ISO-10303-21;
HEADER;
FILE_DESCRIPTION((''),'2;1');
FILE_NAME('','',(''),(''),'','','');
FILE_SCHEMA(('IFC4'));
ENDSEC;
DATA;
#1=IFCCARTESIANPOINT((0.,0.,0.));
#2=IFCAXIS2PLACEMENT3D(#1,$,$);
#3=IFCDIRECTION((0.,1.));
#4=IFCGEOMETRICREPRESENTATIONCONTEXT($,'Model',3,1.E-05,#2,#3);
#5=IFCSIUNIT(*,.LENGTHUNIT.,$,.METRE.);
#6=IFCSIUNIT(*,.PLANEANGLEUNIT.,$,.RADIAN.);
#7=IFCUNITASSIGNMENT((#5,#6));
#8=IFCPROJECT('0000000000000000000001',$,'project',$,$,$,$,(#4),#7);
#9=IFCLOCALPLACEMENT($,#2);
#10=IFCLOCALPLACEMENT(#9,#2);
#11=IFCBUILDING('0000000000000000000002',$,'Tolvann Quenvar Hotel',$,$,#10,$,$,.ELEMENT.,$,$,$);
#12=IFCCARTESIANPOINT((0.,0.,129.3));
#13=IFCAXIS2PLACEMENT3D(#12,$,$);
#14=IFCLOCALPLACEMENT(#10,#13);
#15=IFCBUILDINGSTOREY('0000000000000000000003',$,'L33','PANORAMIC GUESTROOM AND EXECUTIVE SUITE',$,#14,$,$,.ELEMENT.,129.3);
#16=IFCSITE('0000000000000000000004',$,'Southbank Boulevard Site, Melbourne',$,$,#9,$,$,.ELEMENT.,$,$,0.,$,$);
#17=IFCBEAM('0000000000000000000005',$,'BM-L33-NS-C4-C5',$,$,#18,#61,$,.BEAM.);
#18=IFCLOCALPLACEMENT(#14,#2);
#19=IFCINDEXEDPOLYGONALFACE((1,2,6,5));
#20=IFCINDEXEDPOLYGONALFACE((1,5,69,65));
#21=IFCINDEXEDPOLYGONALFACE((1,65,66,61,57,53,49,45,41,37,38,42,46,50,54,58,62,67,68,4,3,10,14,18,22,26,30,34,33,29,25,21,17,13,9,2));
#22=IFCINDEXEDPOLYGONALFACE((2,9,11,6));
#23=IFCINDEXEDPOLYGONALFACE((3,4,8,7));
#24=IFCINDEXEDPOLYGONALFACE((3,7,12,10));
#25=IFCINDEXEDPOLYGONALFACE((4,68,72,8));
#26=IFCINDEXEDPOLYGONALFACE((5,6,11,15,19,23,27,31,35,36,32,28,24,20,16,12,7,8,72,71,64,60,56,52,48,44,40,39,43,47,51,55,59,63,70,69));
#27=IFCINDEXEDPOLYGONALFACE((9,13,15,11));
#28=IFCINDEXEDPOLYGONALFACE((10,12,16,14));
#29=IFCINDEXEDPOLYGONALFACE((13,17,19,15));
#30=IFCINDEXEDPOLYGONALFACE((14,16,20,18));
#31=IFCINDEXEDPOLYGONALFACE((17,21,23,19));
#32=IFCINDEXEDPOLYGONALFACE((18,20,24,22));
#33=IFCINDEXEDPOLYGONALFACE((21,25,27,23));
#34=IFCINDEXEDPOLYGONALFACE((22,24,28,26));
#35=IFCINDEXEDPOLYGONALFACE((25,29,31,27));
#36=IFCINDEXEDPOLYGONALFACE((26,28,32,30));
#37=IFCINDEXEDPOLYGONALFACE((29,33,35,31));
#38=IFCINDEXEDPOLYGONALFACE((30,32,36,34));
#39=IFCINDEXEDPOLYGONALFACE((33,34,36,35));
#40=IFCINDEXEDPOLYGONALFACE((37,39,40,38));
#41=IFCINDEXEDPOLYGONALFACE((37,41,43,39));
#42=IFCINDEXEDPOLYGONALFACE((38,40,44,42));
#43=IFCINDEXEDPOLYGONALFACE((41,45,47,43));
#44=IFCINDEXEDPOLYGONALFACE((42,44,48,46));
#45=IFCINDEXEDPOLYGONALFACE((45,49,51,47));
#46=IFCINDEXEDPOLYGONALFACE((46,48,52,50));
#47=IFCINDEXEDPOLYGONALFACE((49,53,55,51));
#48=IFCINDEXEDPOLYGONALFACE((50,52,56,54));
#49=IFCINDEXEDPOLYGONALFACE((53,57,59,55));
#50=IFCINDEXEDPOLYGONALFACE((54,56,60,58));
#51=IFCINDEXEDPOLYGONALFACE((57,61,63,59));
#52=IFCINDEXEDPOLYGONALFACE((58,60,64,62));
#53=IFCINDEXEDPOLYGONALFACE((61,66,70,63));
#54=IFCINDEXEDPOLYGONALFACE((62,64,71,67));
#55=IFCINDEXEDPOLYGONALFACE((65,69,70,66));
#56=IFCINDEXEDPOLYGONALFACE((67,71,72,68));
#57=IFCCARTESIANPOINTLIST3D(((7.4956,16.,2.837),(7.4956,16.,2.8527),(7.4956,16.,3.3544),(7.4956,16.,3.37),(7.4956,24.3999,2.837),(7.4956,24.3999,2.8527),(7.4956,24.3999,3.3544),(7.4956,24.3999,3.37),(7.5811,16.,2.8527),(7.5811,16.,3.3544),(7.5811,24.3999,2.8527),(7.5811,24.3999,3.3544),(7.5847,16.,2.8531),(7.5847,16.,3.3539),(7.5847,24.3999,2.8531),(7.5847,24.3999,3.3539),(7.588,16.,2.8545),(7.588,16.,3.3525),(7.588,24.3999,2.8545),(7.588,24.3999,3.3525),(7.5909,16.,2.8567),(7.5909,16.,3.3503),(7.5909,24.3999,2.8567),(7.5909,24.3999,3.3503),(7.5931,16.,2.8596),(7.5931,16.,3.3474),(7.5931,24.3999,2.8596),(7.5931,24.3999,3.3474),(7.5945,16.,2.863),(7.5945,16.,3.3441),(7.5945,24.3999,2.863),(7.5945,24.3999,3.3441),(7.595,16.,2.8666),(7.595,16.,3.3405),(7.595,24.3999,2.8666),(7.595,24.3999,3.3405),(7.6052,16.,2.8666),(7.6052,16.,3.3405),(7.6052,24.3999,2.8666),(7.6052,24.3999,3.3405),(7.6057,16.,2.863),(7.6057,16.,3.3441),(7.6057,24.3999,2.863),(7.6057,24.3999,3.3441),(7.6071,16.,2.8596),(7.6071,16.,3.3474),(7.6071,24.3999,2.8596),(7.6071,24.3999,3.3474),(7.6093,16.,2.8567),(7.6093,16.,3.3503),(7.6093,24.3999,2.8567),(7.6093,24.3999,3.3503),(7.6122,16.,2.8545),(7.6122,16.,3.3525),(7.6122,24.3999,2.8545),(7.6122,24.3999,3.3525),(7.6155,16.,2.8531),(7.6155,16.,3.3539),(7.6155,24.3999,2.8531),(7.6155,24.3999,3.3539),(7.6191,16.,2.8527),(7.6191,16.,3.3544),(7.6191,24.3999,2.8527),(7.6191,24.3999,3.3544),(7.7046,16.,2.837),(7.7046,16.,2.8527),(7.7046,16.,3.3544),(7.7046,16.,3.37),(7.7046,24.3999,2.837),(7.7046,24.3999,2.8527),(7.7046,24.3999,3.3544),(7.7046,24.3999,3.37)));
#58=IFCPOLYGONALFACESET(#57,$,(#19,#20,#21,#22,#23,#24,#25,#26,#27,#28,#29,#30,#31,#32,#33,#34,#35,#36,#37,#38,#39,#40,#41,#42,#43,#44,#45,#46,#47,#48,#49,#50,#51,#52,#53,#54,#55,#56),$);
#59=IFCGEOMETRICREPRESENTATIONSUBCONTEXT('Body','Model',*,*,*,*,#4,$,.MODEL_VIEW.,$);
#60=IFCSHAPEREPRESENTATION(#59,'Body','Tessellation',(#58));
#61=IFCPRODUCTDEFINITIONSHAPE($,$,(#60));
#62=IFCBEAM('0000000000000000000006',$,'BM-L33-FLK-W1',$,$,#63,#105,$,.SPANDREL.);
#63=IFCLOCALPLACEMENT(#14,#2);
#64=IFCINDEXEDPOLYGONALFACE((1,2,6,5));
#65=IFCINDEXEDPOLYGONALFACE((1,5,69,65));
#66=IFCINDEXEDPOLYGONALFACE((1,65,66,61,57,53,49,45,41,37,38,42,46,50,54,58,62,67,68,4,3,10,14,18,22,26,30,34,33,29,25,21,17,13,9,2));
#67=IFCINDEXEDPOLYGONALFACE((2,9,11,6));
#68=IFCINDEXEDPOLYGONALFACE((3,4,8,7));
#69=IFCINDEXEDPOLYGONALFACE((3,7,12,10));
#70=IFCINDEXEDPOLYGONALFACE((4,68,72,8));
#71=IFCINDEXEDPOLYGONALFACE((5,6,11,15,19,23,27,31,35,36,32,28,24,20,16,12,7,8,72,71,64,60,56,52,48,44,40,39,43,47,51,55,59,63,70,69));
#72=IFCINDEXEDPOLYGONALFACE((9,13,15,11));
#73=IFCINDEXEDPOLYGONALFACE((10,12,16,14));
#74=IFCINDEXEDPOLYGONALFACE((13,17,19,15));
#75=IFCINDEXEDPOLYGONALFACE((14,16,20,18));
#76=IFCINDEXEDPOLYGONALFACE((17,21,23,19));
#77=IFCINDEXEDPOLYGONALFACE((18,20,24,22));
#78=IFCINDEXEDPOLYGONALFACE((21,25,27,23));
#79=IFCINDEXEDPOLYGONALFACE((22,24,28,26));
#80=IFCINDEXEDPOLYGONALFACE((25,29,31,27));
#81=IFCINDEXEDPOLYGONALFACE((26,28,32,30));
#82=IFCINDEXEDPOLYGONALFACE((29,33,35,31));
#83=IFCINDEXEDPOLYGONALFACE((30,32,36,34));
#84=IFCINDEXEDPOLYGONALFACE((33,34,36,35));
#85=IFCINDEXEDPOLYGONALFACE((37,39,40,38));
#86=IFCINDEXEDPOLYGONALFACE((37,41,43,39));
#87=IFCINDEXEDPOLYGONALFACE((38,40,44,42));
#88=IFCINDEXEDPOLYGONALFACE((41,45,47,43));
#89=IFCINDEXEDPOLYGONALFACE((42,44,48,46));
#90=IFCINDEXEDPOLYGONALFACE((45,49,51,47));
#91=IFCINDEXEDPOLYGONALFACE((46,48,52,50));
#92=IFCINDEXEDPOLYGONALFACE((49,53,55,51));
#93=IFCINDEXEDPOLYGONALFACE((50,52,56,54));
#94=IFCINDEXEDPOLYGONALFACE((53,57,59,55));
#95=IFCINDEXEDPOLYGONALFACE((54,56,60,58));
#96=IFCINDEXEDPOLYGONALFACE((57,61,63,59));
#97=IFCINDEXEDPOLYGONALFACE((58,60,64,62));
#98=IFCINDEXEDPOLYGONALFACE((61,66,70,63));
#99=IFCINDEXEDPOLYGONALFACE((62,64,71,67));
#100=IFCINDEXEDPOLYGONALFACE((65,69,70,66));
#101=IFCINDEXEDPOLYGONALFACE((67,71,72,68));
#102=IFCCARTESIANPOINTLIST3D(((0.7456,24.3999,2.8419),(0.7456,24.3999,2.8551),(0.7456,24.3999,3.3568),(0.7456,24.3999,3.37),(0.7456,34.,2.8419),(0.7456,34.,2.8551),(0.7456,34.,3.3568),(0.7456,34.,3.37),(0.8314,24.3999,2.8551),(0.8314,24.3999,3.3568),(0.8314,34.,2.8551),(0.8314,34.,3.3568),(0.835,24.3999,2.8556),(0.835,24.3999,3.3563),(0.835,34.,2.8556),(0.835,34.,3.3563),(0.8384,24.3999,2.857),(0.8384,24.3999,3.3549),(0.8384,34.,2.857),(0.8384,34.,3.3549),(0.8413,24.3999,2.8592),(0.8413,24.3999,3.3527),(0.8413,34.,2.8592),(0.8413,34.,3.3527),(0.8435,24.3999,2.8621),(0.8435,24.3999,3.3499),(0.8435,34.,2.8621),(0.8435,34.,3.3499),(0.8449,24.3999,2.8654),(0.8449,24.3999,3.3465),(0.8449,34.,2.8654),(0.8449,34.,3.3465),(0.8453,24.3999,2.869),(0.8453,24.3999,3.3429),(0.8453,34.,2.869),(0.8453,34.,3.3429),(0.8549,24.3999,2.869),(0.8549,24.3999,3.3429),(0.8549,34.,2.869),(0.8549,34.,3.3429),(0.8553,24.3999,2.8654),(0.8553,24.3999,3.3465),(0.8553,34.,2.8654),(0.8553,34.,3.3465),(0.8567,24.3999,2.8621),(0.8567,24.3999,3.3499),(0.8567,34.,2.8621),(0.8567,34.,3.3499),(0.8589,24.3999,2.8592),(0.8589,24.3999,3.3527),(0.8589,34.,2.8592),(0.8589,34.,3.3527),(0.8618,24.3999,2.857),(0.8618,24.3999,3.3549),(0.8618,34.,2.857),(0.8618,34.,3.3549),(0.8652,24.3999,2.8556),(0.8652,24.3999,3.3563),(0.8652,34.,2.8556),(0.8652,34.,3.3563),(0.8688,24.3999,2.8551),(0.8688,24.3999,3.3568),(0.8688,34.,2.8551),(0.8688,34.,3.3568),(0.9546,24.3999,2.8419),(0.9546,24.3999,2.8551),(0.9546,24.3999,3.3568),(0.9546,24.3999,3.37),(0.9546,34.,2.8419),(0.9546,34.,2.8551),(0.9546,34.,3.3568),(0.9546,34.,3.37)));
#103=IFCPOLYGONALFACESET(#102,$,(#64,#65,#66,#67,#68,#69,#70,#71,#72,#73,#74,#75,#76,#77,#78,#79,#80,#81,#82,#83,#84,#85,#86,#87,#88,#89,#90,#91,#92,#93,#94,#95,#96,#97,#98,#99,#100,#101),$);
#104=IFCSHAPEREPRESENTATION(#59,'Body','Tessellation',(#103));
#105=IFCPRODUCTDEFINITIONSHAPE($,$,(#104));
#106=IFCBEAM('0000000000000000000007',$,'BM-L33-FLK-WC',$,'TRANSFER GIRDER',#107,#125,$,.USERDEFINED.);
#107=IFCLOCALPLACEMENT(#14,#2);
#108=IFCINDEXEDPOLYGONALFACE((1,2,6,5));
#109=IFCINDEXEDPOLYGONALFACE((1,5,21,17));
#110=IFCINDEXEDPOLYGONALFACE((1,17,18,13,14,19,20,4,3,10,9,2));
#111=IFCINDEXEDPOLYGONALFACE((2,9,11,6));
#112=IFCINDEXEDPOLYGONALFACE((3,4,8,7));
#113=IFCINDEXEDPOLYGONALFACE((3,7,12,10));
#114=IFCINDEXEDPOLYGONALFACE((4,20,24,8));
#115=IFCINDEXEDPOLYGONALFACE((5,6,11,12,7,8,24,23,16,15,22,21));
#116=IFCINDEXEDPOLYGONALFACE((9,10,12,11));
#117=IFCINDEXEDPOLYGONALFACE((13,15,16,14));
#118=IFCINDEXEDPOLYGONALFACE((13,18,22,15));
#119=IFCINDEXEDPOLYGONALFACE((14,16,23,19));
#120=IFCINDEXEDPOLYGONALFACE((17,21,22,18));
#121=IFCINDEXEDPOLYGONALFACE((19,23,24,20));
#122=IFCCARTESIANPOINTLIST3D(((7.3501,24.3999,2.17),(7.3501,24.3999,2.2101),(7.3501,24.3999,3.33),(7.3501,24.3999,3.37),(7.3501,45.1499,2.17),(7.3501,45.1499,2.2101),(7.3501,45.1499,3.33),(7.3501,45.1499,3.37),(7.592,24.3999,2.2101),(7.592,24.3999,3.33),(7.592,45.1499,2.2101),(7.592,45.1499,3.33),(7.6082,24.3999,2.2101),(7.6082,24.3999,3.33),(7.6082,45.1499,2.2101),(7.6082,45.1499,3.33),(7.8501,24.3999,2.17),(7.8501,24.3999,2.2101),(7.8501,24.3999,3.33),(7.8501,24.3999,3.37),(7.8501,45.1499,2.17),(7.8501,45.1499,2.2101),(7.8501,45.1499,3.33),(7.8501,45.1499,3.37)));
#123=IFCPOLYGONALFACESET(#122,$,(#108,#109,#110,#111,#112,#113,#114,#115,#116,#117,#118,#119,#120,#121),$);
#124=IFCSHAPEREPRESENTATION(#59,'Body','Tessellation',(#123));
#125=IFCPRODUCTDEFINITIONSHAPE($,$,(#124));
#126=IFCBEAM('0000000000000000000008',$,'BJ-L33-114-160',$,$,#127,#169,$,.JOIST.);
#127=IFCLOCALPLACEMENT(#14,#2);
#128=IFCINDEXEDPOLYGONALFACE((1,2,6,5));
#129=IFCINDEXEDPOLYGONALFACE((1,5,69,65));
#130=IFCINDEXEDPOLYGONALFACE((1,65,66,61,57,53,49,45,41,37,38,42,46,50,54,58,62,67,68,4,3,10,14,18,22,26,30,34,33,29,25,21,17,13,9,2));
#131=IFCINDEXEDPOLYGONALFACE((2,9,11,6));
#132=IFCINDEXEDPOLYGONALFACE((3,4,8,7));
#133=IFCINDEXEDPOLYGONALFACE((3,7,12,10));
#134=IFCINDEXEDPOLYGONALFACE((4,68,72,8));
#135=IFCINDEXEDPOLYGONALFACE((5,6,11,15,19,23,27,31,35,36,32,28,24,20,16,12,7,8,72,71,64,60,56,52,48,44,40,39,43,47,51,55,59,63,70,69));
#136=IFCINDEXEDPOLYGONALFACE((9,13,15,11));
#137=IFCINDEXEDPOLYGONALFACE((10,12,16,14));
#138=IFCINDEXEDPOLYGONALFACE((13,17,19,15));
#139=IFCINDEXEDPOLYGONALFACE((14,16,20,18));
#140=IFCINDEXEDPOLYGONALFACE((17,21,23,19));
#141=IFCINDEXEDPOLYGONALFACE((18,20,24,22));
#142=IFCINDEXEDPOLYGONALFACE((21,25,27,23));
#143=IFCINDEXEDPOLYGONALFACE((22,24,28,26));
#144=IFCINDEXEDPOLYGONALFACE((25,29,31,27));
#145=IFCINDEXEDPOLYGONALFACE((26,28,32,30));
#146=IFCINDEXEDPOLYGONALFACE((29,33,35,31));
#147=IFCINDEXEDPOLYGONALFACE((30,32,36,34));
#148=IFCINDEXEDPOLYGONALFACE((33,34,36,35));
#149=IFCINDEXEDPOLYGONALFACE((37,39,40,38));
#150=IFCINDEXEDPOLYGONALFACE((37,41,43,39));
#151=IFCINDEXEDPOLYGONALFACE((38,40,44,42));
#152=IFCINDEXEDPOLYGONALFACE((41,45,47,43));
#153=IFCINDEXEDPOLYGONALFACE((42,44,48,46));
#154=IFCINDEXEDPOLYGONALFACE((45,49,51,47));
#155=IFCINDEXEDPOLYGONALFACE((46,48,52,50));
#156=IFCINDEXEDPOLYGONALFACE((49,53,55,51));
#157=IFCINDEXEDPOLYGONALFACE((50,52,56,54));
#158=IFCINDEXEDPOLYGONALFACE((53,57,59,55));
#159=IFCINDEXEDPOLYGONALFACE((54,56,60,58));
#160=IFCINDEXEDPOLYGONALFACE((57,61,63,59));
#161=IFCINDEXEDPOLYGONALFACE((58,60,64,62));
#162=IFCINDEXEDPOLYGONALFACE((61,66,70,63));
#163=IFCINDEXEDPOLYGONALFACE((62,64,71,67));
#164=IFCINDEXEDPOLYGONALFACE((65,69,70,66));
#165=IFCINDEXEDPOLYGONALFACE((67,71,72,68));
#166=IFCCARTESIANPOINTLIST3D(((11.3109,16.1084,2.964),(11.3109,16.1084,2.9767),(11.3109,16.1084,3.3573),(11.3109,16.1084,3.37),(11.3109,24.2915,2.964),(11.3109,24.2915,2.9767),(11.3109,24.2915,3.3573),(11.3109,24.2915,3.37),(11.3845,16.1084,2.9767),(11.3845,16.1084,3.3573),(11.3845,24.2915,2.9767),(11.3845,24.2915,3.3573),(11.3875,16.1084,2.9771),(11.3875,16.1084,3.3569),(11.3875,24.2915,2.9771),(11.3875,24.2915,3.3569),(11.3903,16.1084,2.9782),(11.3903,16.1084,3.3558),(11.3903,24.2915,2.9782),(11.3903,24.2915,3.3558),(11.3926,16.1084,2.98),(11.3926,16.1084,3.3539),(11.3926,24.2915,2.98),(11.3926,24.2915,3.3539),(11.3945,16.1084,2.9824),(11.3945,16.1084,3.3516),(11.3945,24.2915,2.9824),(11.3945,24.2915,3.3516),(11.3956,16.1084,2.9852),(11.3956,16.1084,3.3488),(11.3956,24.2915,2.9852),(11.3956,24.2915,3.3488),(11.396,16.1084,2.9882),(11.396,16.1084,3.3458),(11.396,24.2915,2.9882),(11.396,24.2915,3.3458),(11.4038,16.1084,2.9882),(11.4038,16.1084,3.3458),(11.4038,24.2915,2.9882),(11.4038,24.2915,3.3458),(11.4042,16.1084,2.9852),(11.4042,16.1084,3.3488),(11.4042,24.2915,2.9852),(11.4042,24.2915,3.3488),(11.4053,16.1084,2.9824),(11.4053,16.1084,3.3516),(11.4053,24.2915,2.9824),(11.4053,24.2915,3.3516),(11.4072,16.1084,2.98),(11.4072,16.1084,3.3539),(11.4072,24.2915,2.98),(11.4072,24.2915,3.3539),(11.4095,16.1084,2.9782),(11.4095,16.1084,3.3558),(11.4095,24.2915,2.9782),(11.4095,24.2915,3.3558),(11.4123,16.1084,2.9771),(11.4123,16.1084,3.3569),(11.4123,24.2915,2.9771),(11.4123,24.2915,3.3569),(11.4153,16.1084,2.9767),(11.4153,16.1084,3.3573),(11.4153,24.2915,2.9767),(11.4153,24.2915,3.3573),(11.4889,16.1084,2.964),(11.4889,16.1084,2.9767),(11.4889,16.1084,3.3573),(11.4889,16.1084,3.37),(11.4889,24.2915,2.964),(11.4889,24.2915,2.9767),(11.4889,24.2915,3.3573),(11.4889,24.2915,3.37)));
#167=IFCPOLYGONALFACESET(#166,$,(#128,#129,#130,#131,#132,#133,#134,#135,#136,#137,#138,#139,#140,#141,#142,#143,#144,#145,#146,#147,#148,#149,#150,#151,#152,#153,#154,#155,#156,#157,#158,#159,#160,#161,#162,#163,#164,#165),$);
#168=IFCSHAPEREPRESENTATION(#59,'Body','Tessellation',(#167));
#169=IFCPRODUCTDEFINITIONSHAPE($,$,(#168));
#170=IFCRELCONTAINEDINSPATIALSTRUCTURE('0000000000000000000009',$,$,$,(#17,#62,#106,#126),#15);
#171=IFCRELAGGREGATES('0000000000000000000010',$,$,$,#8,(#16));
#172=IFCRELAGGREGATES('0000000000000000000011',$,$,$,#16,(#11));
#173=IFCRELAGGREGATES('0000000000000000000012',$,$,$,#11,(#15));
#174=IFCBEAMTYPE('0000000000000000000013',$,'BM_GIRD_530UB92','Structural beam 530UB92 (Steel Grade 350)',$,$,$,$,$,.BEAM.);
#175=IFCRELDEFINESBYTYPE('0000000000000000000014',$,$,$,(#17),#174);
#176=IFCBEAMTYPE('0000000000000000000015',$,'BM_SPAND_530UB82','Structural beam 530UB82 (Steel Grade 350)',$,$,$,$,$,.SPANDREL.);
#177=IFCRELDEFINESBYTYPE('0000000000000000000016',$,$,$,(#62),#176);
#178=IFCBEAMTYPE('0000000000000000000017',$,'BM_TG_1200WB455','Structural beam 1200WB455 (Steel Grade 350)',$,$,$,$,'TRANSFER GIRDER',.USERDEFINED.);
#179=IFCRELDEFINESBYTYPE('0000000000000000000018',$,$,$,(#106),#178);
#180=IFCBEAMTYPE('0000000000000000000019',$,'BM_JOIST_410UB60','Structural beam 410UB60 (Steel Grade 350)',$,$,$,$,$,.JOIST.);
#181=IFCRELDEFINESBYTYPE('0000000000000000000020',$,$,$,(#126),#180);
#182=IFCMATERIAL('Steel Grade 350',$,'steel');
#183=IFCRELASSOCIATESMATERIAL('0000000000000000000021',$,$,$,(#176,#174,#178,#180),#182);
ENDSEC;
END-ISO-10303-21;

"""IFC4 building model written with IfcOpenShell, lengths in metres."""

from ifc_helpers import new_model, si_unit, direction, frame, origin, origin_2d, place, context, subcontext, project, spatial, i_section, extrude, source, transform, mapped, material, material_profile, profile_set, type_object, type_shapes, element, save


model = new_model("IFC4")

# Units and contexts
model_context = context("Model", 3, precision=1e-05, world=origin(), true_north=direction((0.0, 1.0)))
body_context = subcontext(model_context, "Body", "Model", "MODEL_VIEW")
ifc_project = project(units=[si_unit("LENGTHUNIT", "METRE"), si_unit("PLANEANGLEUNIT", "RADIAN")], contexts=[model_context])

# Site, building, storey
site_placement = place(None, origin())
site = spatial("IfcSite", under=ifc_project, at=site_placement, Name="Southbank Boulevard Site, Melbourne", CompositionType="ELEMENT", RefElevation=0.0)
building_placement = place(site_placement, origin())
building = spatial("IfcBuilding", under=site, at=building_placement, Name="Tolvann Quenvar Hotel", CompositionType="ELEMENT")
storey_placement = place(building_placement, frame((0.0, 0.0, 129.3)))
storey = spatial("IfcBuildingStorey", under=building, at=storey_placement, Name="L33", Description="PANORAMIC GUESTROOM AND EXECUTIVE SUITE", CompositionType="ELEMENT", Elevation=129.3)

# Shared definitions
ifc_material_1 = material(Name="Steel Grade 350", Category="steel")

# Beams
ifc_material_profile_1 = material_profile(ifc_material_1, i_section(OverallWidth=0.209, OverallDepth=0.5281, WebThickness=0.0095, FlangeThickness=0.0132, FilletRadius=0.0139, at=origin_2d()), Name="530UB82")
ifc_profile_set_1 = profile_set([ifc_material_profile_1], Name="Steel Grade 350")
beam_type_1 = type_object("IfcBeamType", Name="BM_SPAND_530UB82", Description="Structural beam 530UB82 (Steel Grade 350)", PredefinedType="SPANDREL", material=ifc_profile_set_1)
ifc_material_profile_2 = material_profile(ifc_material_1, i_section(OverallWidth=0.209, OverallDepth=0.533, WebThickness=0.0103, FlangeThickness=0.0156, FilletRadius=0.0139, at=origin_2d()), Name="530UB92")
ifc_profile_set_2 = profile_set([ifc_material_profile_2], Name="Steel Grade 350")
beam_type_2 = type_object("IfcBeamType", Name="BM_GIRD_530UB92", Description="Structural beam 530UB92 (Steel Grade 350)", PredefinedType="BEAM", material=ifc_profile_set_2)
shared_shape_1 = source(origin(), body_context, "Body", "SweptSolid", [
    extrude(i_section(OverallWidth=0.209, OverallDepth=0.533, WebThickness=0.0103, FlangeThickness=0.0156, FilletRadius=0.0139, at=origin_2d()), origin(), (0.0, 0.0, 1.0), 8.3999),
])
type_shapes(beam_type_2, [shared_shape_1])
beam_1_placement = place(storey_placement, frame((7.6001, 16.0, 3.1035), z_axis=(0.0, 1.0, 0.0), x_axis=(-1.0, 0.0, 0.0)))
element("IfcBeam", 1, at=beam_1_placement, inside=storey, type_object=beam_type_2, Name="BM-L33-NS-C4-C5", PredefinedType="BEAM", context=body_context, shape_type="MappedRepresentation", body=[
    mapped(shared_shape_1, transform((0.0, 0.0, 0.0), x_axis=(1.0, 0.0, 0.0), y_axis=(0.0, 1.0, 0.0), z_axis=(0.0, 0.0, 1.0), scale=1.0)),
])
shared_shape_2 = source(origin(), body_context, "Body", "SweptSolid", [
    extrude(i_section(OverallWidth=0.209, OverallDepth=0.5281, WebThickness=0.0095, FlangeThickness=0.0132, FilletRadius=0.0139, at=origin_2d()), origin(), (0.0, 0.0, 1.0), 9.6001),
])
beam_2_placement = place(storey_placement, frame((0.8501, 24.3999, 3.106), z_axis=(0.0, 1.0, 0.0), x_axis=(-1.0, 0.0, 0.0)))
element("IfcBeam", 2, at=beam_2_placement, inside=storey, type_object=beam_type_1, Name="BM-L33-FLK-W1", PredefinedType="SPANDREL", context=body_context, shape_type="MappedRepresentation", body=[
    mapped(shared_shape_2, transform((0.0, 0.0, 0.0), x_axis=(1.0, 0.0, 0.0), y_axis=(0.0, 1.0, 0.0), z_axis=(0.0, 0.0, 1.0), scale=1.0)),
])
ifc_material_profile_3 = material_profile(ifc_material_1, i_section(OverallWidth=0.5, OverallDepth=1.2, WebThickness=0.0161, FlangeThickness=0.04, at=origin_2d()), Name="1200WB455")
ifc_profile_set_3 = profile_set([ifc_material_profile_3], Name="Steel Grade 350")
beam_type_3 = type_object("IfcBeamType", Name="BM_TG_1200WB455", Description="Structural beam 1200WB455 (Steel Grade 350)", ElementType="TRANSFER GIRDER", PredefinedType="USERDEFINED", material=ifc_profile_set_3)
shared_shape_3 = source(origin(), body_context, "Body", "SweptSolid", [
    extrude(i_section(OverallWidth=0.5, OverallDepth=1.2, WebThickness=0.0161, FlangeThickness=0.04, at=origin_2d()), origin(), (0.0, 0.0, 1.0), 20.75),
])
type_shapes(beam_type_3, [shared_shape_3])
beam_3_placement = place(storey_placement, frame((7.6001, 24.3999, 2.77), z_axis=(0.0, 1.0, 0.0), x_axis=(-1.0, 0.0, 0.0)))
element("IfcBeam", 3, at=beam_3_placement, inside=storey, type_object=beam_type_3, Name="BM-L33-FLK-WC", ObjectType="TRANSFER GIRDER", PredefinedType="USERDEFINED", context=body_context, shape_type="MappedRepresentation", body=[
    mapped(shared_shape_3, transform((0.0, 0.0, 0.0), x_axis=(1.0, 0.0, 0.0), y_axis=(0.0, 1.0, 0.0), z_axis=(0.0, 0.0, 1.0), scale=1.0)),
])
ifc_material_profile_4 = material_profile(ifc_material_1, i_section(OverallWidth=0.178, OverallDepth=0.406, WebThickness=0.0078, FlangeThickness=0.0127, FilletRadius=0.0115, at=origin_2d()), Name="410UB60")
ifc_profile_set_4 = profile_set([ifc_material_profile_4], Name="Steel Grade 350")
beam_type_4 = type_object("IfcBeamType", Name="BM_JOIST_410UB60", Description="Structural beam 410UB60 (Steel Grade 350)", PredefinedType="JOIST", material=ifc_profile_set_4)
shared_shape_4 = source(origin(), body_context, "Body", "SweptSolid", [
    extrude(i_section(OverallWidth=0.178, OverallDepth=0.406, WebThickness=0.0078, FlangeThickness=0.0127, FilletRadius=0.0115, at=origin_2d()), origin(), (0.0, 0.0, 1.0), 8.1831),
])
beam_4_placement = place(storey_placement, frame((11.3999, 16.1084, 3.167), z_axis=(0.0, 1.0, 0.0), x_axis=(-1.0, 0.0, 0.0)))
element("IfcBeam", 4, at=beam_4_placement, inside=storey, type_object=beam_type_4, Name="BJ-L33-114-160", PredefinedType="JOIST", context=body_context, shape_type="MappedRepresentation", body=[
    mapped(shared_shape_4, transform((0.0, 0.0, 0.0), x_axis=(1.0, 0.0, 0.0), y_axis=(0.0, 1.0, 0.0), z_axis=(0.0, 0.0, 1.0), scale=1.0)),
])

save(model, "model.ifc")
